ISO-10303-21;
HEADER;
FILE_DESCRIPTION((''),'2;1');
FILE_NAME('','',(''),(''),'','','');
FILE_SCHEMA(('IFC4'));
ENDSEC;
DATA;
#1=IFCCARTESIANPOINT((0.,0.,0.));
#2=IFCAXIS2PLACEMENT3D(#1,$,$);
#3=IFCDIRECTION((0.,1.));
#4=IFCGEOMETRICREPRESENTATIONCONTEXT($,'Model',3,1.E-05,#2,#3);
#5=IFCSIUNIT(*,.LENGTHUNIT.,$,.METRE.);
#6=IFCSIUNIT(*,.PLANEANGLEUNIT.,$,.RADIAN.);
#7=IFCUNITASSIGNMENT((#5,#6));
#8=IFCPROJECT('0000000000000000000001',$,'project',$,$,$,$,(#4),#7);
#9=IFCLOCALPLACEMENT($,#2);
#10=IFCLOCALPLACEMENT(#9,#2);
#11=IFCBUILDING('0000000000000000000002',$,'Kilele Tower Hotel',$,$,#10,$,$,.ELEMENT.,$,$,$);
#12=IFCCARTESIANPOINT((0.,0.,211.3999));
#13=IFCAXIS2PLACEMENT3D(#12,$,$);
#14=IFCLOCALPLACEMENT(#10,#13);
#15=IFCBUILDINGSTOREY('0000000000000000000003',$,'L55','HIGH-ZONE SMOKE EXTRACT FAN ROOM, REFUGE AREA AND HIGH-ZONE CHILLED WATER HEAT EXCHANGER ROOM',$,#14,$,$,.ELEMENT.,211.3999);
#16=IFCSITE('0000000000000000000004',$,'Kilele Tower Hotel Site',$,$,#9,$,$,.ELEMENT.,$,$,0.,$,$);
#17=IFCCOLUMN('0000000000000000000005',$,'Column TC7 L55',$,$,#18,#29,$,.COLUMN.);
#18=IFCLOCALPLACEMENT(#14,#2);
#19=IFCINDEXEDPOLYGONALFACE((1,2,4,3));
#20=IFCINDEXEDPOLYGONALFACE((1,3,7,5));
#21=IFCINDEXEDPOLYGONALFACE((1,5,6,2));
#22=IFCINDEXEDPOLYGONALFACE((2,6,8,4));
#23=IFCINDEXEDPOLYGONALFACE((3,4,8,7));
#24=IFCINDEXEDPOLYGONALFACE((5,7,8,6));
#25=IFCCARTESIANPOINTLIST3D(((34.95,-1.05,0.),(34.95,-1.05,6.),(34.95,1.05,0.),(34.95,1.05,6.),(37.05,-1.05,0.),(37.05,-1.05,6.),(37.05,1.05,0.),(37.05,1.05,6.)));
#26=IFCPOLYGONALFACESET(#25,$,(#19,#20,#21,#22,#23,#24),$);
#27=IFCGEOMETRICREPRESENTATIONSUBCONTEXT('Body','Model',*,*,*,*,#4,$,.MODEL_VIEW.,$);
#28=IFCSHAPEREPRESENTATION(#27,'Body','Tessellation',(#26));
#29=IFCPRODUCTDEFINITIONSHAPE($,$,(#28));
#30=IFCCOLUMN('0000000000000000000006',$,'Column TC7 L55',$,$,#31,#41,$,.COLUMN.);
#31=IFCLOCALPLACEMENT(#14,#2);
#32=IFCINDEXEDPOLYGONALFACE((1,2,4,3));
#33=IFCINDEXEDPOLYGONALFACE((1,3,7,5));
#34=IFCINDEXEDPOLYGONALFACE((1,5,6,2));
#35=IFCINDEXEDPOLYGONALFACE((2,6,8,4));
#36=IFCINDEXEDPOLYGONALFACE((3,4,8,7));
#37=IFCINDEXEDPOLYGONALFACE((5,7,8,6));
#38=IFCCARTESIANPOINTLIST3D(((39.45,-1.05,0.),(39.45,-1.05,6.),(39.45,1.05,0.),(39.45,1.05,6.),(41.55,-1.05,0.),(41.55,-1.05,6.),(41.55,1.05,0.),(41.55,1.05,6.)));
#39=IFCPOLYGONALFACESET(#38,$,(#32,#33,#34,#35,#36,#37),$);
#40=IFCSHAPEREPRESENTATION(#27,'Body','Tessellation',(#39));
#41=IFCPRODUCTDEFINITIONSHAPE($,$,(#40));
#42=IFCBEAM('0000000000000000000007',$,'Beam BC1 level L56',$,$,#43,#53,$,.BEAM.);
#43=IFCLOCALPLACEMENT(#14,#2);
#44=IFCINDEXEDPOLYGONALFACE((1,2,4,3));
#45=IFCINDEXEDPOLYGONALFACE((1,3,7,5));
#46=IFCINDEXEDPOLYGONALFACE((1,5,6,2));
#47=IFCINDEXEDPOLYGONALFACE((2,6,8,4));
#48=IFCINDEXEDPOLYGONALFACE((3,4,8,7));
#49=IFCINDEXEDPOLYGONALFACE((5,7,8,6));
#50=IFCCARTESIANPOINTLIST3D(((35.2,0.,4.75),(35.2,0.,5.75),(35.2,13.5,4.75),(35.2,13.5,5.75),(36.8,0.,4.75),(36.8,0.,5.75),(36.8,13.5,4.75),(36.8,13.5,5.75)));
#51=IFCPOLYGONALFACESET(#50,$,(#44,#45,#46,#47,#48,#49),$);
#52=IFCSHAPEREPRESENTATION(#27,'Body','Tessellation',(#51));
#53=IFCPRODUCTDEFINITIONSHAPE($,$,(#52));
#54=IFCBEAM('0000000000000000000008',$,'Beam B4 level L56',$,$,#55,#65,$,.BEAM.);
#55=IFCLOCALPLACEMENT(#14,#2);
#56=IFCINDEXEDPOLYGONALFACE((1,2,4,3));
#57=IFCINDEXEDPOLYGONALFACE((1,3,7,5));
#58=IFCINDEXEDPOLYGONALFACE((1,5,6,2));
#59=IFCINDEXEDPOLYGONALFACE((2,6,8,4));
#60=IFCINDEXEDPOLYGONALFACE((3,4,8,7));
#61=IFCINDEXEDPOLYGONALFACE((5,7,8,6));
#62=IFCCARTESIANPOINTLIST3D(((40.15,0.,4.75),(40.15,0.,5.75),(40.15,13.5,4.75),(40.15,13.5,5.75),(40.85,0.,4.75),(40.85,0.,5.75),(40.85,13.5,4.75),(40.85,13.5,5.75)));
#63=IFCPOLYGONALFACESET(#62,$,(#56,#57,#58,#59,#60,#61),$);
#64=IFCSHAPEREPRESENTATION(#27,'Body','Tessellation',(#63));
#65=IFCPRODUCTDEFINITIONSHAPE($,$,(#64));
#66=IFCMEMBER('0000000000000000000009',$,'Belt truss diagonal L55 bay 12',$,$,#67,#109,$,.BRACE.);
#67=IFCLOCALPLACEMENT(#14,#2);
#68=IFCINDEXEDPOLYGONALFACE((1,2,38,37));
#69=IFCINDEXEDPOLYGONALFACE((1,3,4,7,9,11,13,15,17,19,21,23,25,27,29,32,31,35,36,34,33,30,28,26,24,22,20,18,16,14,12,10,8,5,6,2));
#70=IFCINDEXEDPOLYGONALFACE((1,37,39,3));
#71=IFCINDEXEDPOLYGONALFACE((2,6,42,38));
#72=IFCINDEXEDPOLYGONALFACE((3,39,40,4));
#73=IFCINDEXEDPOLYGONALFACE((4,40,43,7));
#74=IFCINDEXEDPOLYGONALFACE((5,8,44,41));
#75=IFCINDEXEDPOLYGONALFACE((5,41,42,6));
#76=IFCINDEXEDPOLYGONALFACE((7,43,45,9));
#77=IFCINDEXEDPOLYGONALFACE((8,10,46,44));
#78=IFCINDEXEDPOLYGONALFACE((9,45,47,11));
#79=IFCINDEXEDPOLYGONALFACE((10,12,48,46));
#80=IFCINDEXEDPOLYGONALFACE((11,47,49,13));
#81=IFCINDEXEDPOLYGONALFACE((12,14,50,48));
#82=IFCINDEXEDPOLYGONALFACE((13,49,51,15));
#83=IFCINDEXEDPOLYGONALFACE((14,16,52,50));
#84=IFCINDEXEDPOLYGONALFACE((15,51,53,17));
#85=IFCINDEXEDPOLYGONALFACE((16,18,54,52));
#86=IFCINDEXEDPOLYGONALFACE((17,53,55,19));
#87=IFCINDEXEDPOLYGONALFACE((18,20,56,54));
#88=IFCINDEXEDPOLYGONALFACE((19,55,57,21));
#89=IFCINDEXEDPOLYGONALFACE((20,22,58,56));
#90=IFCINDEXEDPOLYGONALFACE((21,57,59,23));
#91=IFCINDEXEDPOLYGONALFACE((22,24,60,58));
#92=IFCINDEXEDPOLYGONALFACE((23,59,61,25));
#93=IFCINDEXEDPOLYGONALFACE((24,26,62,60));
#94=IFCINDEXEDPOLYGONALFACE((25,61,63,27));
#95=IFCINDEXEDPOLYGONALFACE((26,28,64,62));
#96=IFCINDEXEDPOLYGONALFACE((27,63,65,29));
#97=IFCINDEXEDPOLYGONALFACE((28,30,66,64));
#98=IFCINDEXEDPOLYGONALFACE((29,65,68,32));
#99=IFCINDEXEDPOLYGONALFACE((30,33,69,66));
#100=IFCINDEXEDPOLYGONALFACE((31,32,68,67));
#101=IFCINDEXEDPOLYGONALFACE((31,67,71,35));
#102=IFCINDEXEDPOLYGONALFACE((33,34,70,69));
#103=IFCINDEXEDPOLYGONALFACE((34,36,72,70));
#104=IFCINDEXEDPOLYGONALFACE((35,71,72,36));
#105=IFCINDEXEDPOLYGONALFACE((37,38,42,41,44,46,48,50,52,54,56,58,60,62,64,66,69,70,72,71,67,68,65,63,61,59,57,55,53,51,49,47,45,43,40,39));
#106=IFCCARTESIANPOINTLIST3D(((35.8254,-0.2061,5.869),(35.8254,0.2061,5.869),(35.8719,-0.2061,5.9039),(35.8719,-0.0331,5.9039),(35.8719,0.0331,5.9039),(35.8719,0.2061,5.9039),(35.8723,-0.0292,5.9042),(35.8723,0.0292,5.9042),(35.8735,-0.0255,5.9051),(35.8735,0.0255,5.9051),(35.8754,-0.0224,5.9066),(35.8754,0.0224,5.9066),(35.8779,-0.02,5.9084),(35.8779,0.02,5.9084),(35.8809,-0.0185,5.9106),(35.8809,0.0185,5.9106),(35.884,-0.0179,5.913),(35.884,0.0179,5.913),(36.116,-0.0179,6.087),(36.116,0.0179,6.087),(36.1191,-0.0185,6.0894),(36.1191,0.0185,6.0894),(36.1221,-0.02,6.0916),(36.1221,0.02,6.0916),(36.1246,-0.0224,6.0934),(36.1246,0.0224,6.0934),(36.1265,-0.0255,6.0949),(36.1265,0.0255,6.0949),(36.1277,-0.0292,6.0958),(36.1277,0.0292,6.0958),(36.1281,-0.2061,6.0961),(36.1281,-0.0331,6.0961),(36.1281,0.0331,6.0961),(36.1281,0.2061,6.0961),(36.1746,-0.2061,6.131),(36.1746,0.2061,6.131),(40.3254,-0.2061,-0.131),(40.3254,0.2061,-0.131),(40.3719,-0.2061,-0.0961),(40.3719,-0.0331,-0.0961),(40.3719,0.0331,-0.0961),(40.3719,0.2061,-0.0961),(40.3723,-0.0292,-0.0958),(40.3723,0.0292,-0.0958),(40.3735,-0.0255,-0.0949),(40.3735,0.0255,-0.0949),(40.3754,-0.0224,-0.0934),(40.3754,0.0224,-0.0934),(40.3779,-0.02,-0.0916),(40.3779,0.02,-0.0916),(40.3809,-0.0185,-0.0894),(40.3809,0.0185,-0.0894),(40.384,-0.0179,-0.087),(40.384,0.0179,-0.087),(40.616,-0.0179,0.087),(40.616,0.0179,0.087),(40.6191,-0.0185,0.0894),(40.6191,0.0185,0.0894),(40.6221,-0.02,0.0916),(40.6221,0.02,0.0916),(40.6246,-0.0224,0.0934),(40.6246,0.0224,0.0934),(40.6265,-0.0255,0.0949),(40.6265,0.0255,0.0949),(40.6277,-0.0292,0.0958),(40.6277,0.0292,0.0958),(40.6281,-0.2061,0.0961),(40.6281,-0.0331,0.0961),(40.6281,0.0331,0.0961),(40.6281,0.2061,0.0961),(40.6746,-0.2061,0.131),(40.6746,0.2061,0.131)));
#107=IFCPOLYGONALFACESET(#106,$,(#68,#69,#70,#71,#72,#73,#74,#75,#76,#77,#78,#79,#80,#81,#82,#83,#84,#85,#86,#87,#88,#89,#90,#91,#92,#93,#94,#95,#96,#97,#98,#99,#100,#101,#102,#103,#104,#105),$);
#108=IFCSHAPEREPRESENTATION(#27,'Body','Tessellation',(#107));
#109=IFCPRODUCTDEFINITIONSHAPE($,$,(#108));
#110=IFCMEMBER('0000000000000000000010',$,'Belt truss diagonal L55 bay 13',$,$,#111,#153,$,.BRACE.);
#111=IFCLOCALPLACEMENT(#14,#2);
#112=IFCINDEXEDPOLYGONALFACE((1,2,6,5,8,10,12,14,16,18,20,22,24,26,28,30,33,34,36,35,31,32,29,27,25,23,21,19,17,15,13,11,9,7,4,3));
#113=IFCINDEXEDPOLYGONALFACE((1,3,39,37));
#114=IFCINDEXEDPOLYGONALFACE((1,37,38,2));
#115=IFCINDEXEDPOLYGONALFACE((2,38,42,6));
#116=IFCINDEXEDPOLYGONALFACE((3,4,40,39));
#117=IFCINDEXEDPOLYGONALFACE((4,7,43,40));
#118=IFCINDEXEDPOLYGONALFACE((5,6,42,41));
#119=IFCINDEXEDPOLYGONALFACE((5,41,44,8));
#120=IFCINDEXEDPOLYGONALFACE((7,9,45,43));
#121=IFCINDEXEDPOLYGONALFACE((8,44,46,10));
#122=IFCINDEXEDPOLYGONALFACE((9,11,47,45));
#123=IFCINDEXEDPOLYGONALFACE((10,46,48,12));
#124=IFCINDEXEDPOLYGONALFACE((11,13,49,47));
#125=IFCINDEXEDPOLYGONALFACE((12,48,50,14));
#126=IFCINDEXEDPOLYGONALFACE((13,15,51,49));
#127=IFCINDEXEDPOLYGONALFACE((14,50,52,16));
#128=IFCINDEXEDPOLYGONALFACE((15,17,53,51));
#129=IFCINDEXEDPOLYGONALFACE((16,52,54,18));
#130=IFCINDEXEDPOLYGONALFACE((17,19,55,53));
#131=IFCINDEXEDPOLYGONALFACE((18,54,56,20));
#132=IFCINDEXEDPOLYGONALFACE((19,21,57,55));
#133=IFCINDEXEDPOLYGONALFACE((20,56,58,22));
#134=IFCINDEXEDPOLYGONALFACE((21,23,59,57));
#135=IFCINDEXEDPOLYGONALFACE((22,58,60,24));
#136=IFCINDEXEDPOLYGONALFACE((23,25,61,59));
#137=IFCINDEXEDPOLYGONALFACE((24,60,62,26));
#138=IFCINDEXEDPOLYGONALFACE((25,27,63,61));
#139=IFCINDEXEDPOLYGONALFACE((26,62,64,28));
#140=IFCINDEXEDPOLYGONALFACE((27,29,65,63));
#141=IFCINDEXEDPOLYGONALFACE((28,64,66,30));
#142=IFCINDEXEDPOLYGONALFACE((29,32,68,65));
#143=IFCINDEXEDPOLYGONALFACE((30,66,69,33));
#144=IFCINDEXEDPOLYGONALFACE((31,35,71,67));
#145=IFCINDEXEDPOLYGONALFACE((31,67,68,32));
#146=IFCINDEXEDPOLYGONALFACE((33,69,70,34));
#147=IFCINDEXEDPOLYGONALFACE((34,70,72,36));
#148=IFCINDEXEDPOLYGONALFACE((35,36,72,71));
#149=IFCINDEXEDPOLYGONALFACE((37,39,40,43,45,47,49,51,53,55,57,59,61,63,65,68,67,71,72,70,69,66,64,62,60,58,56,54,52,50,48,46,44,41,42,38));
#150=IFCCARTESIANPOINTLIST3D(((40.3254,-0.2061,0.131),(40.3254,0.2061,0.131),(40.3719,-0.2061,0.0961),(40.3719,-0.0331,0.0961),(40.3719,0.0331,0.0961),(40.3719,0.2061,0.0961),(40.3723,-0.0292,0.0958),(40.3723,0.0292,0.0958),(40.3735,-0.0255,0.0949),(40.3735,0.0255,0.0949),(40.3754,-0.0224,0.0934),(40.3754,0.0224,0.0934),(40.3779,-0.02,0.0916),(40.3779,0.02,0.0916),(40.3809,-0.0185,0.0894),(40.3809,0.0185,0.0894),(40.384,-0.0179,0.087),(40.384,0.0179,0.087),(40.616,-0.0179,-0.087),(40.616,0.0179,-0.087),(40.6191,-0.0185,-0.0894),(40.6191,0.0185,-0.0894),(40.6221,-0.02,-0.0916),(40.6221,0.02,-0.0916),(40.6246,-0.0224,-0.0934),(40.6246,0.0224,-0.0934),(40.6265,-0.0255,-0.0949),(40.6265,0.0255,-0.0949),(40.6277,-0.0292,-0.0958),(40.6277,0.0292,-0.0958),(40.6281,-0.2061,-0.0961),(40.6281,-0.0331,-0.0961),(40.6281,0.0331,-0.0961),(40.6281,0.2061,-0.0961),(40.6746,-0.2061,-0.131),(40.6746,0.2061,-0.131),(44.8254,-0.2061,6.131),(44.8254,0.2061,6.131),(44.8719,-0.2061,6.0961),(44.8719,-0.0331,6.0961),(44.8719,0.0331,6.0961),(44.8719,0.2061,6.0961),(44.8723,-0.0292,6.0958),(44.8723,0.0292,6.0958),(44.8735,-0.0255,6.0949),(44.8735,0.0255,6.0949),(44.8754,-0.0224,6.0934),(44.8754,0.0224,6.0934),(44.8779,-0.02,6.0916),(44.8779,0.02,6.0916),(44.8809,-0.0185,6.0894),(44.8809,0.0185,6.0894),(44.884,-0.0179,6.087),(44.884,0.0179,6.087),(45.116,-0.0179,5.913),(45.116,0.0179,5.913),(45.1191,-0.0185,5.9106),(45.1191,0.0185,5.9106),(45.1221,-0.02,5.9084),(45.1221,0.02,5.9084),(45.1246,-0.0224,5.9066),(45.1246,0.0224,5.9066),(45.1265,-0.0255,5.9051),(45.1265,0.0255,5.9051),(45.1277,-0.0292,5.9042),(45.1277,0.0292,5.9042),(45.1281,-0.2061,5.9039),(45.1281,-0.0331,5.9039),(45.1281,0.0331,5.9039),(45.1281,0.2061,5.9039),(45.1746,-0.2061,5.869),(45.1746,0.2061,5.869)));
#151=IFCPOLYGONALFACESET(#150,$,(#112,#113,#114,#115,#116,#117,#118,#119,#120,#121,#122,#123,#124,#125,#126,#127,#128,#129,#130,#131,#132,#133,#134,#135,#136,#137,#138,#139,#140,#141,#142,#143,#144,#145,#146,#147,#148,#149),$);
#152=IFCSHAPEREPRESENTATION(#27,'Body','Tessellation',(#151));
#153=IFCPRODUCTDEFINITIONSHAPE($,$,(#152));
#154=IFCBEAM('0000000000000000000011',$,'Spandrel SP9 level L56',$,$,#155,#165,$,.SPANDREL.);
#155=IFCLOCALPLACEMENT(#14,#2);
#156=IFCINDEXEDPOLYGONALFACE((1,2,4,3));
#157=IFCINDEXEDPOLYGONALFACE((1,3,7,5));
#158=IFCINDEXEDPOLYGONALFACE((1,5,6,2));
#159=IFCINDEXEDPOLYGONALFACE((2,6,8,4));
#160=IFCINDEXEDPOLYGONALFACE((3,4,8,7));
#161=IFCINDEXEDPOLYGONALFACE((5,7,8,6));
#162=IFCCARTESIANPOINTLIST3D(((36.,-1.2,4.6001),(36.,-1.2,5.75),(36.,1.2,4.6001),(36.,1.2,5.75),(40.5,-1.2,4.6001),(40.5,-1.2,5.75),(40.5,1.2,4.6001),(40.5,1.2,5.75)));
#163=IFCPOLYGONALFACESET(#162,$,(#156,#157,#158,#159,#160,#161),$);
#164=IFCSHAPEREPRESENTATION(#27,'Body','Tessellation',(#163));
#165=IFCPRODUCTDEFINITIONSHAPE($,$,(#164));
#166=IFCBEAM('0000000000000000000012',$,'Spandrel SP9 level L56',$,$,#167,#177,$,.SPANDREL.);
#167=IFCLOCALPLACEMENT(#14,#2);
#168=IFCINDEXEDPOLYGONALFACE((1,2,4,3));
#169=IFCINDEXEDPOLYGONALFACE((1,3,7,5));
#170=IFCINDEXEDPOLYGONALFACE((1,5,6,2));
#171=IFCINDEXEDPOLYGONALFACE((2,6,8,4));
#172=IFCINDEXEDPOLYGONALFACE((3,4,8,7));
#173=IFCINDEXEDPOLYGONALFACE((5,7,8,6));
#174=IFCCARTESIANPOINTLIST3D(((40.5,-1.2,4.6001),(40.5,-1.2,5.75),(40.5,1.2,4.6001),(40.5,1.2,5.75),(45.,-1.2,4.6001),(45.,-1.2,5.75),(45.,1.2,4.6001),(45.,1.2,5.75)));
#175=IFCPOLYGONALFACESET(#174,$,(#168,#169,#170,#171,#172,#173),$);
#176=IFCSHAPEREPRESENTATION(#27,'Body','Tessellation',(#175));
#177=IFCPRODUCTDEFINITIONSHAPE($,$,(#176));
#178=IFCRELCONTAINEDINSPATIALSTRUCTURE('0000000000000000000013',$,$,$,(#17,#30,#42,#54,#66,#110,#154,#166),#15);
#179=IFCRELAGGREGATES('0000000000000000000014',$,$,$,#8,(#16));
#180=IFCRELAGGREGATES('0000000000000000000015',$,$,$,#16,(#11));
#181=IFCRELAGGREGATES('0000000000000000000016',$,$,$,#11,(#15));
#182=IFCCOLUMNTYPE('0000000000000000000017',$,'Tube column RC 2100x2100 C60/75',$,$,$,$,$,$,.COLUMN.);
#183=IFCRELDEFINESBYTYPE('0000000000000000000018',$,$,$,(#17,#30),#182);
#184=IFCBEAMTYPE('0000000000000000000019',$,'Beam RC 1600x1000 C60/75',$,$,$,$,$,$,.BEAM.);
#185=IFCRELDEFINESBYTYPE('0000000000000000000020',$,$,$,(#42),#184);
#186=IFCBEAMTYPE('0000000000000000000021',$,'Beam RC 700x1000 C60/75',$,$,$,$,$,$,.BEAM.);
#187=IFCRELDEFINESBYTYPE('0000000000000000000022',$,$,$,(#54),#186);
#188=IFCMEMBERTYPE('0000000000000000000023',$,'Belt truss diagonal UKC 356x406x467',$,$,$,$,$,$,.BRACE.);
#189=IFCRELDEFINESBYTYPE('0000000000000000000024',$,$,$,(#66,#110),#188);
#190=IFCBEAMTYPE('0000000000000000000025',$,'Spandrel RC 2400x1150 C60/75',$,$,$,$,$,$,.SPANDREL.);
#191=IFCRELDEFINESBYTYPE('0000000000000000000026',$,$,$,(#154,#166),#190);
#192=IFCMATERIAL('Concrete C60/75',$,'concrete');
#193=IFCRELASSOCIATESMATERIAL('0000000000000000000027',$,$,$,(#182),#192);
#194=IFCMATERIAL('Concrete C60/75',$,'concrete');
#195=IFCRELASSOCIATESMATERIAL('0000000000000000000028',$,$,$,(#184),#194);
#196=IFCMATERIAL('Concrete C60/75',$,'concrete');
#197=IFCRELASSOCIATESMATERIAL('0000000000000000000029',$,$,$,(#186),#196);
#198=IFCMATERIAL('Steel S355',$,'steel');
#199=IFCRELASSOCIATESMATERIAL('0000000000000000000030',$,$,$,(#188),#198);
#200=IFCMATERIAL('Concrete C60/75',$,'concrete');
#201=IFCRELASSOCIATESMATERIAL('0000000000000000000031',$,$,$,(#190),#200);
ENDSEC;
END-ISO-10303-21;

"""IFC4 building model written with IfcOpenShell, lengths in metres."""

from ifc_helpers import new_model, si_unit, direction, frame, origin, origin_2d, place, context, subcontext, project, spatial, rectangle, i_section, extrude, material, material_profile, profile_set, type_object, element, save


model = new_model("IFC4")

# Units and contexts
model_context = context("Model", 3, precision=1e-05, world=origin(), true_north=direction((0.0, 1.0)))
body_context = subcontext(model_context, "Body", "Model", "MODEL_VIEW")
ifc_project = project(units=[si_unit("LENGTHUNIT", "METRE"), si_unit("PLANEANGLEUNIT", "RADIAN")], contexts=[model_context])

# Site, building, storey
site_placement = place(None, origin())
site = spatial("IfcSite", under=ifc_project, at=site_placement, Name="Kilele Tower Hotel Site", CompositionType="ELEMENT", RefElevation=0.0)
building_placement = place(site_placement, origin())
building = spatial("IfcBuilding", under=site, at=building_placement, Name="Kilele Tower Hotel", CompositionType="ELEMENT")
storey_placement = place(building_placement, frame((0.0, 0.0, 211.3999)))
storey = spatial("IfcBuildingStorey", under=building, at=storey_placement, Name="L55", Description="HIGH-ZONE SMOKE EXTRACT FAN ROOM, REFUGE AREA AND HIGH-ZONE CHILLED WATER HEAT EXCHANGER ROOM", CompositionType="ELEMENT", Elevation=211.3999)

# Columns
ifc_material_1 = material(Name="Concrete C60/75", Category="concrete")
ifc_material_profile_1 = material_profile(ifc_material_1, rectangle(XDim=2.1001, YDim=2.1001, at=origin_2d()))
ifc_profile_set_1 = profile_set([ifc_material_profile_1], Name="Concrete C60/75")
column_type = type_object("IfcColumnType", Name="Tube column RC 2100x2100 C60/75", PredefinedType="COLUMN", material=ifc_profile_set_1)
for number, where, z_axis, x_axis, name in (
    (1, (36.0, 0.0, 0.0), (0.0, 0.0, 1.0), (1.0, 0.0, 0.0), "Column TC7 L55"),
    (2, (40.5, 0.0, 0.0), (0.0, 0.0, 1.0), (1.0, 0.0, 0.0), "Column TC7 L55"),
):
    element("IfcColumn", number, at=place(storey_placement, frame(where, z_axis=z_axis, x_axis=x_axis)), inside=storey, type_object=column_type, Name=name, PredefinedType="COLUMN", context=body_context, shape_type="SweptSolid", body=[
        extrude(rectangle(XDim=2.1001, YDim=2.1001, at=origin_2d()), origin(), (0.0, 0.0, 1.0), 6.0),
    ])

# Beams
ifc_material_2 = material(Name="Concrete C60/75", Category="concrete")
ifc_material_profile_2 = material_profile(ifc_material_2, rectangle(XDim=1.6001, YDim=1.0, at=origin_2d()))
ifc_profile_set_2 = profile_set([ifc_material_profile_2], Name="Concrete C60/75")
beam_type_1 = type_object("IfcBeamType", Name="Beam RC 1600x1000 C60/75", PredefinedType="BEAM", material=ifc_profile_set_2)
beam_1_placement = place(storey_placement, frame((36.0, 0.0, 5.25), z_axis=(0.0, 1.0, 0.0), x_axis=(-1.0, 0.0, 0.0)))
element("IfcBeam", 3, at=beam_1_placement, inside=storey, type_object=beam_type_1, Name="Beam BC1 level L56", PredefinedType="BEAM", context=body_context, shape_type="SweptSolid", body=[
    extrude(rectangle(XDim=1.6001, YDim=1.0, at=origin_2d()), origin(), (0.0, 0.0, 1.0), 13.5),
])
ifc_material_3 = material(Name="Concrete C60/75", Category="concrete")
ifc_material_profile_3 = material_profile(ifc_material_3, rectangle(XDim=0.7, YDim=1.0, at=origin_2d()))
ifc_profile_set_3 = profile_set([ifc_material_profile_3], Name="Concrete C60/75")
beam_type_2 = type_object("IfcBeamType", Name="Beam RC 700x1000 C60/75", PredefinedType="BEAM", material=ifc_profile_set_3)
beam_2_placement = place(storey_placement, frame((40.5, 0.0, 5.25), z_axis=(0.0, 1.0, 0.0), x_axis=(-1.0, 0.0, 0.0)))
element("IfcBeam", 4, at=beam_2_placement, inside=storey, type_object=beam_type_2, Name="Beam B4 level L56", PredefinedType="BEAM", context=body_context, shape_type="SweptSolid", body=[
    extrude(rectangle(XDim=0.7, YDim=1.0, at=origin_2d()), origin(), (0.0, 0.0, 1.0), 13.5),
])

# Members
ifc_material_4 = material(Name="Steel S355", Category="steel")
ifc_material_profile_4 = material_profile(ifc_material_4, i_section(OverallWidth=0.4121, OverallDepth=0.4365, WebThickness=0.0359, FlangeThickness=0.0581, FilletRadius=0.0151, at=origin_2d()))
ifc_profile_set_4 = profile_set([ifc_material_profile_4], Name="Steel S355")
member_type = type_object("IfcMemberType", Name="Belt truss diagonal UKC 356x406x467", PredefinedType="BRACE", material=ifc_profile_set_4)
for number, where, z_axis, x_axis, name in (
    (5, (36.0, 0.0, 6.0), (0.6, 0.0, -0.8), (0.0, 1.0, 0.0), "Belt truss diagonal L55 bay 12"),
    (6, (40.5, 0.0, 0.0), (0.6, 0.0, 0.8), (0.0, 1.0, 0.0), "Belt truss diagonal L55 bay 13"),
):
    element("IfcMember", number, at=place(storey_placement, frame(where, z_axis=z_axis, x_axis=x_axis)), inside=storey, type_object=member_type, Name=name, PredefinedType="BRACE", context=body_context, shape_type="SweptSolid", body=[
        extrude(i_section(OverallWidth=0.4121, OverallDepth=0.4365, WebThickness=0.0359, FlangeThickness=0.0581, FilletRadius=0.0151, at=origin_2d()), origin(), (0.0, 0.0, 1.0), 7.5),
    ])

# Beams
ifc_material_5 = material(Name="Concrete C60/75", Category="concrete")
ifc_material_profile_5 = material_profile(ifc_material_5, rectangle(XDim=2.3999, YDim=1.1499, at=origin_2d()))
ifc_profile_set_5 = profile_set([ifc_material_profile_5], Name="Concrete C60/75")
beam_type_3 = type_object("IfcBeamType", Name="Spandrel RC 2400x1150 C60/75", PredefinedType="SPANDREL", material=ifc_profile_set_5)
for number, where, z_axis, x_axis, name in (
    (7, (36.0, 0.0, 5.175), (1.0, 0.0, 0.0), (0.0, 1.0, 0.0), "Spandrel SP9 level L56"),
    (8, (40.5, 0.0, 5.175), (1.0, 0.0, 0.0), (0.0, 1.0, 0.0), "Spandrel SP9 level L56"),
):
    element("IfcBeam", number, at=place(storey_placement, frame(where, z_axis=z_axis, x_axis=x_axis)), inside=storey, type_object=beam_type_3, Name=name, PredefinedType="SPANDREL", context=body_context, shape_type="SweptSolid", body=[
        extrude(rectangle(XDim=2.3999, YDim=1.1499, at=origin_2d()), origin(), (0.0, 0.0, 1.0), 4.5),
    ])

save(model, "model.ifc")
